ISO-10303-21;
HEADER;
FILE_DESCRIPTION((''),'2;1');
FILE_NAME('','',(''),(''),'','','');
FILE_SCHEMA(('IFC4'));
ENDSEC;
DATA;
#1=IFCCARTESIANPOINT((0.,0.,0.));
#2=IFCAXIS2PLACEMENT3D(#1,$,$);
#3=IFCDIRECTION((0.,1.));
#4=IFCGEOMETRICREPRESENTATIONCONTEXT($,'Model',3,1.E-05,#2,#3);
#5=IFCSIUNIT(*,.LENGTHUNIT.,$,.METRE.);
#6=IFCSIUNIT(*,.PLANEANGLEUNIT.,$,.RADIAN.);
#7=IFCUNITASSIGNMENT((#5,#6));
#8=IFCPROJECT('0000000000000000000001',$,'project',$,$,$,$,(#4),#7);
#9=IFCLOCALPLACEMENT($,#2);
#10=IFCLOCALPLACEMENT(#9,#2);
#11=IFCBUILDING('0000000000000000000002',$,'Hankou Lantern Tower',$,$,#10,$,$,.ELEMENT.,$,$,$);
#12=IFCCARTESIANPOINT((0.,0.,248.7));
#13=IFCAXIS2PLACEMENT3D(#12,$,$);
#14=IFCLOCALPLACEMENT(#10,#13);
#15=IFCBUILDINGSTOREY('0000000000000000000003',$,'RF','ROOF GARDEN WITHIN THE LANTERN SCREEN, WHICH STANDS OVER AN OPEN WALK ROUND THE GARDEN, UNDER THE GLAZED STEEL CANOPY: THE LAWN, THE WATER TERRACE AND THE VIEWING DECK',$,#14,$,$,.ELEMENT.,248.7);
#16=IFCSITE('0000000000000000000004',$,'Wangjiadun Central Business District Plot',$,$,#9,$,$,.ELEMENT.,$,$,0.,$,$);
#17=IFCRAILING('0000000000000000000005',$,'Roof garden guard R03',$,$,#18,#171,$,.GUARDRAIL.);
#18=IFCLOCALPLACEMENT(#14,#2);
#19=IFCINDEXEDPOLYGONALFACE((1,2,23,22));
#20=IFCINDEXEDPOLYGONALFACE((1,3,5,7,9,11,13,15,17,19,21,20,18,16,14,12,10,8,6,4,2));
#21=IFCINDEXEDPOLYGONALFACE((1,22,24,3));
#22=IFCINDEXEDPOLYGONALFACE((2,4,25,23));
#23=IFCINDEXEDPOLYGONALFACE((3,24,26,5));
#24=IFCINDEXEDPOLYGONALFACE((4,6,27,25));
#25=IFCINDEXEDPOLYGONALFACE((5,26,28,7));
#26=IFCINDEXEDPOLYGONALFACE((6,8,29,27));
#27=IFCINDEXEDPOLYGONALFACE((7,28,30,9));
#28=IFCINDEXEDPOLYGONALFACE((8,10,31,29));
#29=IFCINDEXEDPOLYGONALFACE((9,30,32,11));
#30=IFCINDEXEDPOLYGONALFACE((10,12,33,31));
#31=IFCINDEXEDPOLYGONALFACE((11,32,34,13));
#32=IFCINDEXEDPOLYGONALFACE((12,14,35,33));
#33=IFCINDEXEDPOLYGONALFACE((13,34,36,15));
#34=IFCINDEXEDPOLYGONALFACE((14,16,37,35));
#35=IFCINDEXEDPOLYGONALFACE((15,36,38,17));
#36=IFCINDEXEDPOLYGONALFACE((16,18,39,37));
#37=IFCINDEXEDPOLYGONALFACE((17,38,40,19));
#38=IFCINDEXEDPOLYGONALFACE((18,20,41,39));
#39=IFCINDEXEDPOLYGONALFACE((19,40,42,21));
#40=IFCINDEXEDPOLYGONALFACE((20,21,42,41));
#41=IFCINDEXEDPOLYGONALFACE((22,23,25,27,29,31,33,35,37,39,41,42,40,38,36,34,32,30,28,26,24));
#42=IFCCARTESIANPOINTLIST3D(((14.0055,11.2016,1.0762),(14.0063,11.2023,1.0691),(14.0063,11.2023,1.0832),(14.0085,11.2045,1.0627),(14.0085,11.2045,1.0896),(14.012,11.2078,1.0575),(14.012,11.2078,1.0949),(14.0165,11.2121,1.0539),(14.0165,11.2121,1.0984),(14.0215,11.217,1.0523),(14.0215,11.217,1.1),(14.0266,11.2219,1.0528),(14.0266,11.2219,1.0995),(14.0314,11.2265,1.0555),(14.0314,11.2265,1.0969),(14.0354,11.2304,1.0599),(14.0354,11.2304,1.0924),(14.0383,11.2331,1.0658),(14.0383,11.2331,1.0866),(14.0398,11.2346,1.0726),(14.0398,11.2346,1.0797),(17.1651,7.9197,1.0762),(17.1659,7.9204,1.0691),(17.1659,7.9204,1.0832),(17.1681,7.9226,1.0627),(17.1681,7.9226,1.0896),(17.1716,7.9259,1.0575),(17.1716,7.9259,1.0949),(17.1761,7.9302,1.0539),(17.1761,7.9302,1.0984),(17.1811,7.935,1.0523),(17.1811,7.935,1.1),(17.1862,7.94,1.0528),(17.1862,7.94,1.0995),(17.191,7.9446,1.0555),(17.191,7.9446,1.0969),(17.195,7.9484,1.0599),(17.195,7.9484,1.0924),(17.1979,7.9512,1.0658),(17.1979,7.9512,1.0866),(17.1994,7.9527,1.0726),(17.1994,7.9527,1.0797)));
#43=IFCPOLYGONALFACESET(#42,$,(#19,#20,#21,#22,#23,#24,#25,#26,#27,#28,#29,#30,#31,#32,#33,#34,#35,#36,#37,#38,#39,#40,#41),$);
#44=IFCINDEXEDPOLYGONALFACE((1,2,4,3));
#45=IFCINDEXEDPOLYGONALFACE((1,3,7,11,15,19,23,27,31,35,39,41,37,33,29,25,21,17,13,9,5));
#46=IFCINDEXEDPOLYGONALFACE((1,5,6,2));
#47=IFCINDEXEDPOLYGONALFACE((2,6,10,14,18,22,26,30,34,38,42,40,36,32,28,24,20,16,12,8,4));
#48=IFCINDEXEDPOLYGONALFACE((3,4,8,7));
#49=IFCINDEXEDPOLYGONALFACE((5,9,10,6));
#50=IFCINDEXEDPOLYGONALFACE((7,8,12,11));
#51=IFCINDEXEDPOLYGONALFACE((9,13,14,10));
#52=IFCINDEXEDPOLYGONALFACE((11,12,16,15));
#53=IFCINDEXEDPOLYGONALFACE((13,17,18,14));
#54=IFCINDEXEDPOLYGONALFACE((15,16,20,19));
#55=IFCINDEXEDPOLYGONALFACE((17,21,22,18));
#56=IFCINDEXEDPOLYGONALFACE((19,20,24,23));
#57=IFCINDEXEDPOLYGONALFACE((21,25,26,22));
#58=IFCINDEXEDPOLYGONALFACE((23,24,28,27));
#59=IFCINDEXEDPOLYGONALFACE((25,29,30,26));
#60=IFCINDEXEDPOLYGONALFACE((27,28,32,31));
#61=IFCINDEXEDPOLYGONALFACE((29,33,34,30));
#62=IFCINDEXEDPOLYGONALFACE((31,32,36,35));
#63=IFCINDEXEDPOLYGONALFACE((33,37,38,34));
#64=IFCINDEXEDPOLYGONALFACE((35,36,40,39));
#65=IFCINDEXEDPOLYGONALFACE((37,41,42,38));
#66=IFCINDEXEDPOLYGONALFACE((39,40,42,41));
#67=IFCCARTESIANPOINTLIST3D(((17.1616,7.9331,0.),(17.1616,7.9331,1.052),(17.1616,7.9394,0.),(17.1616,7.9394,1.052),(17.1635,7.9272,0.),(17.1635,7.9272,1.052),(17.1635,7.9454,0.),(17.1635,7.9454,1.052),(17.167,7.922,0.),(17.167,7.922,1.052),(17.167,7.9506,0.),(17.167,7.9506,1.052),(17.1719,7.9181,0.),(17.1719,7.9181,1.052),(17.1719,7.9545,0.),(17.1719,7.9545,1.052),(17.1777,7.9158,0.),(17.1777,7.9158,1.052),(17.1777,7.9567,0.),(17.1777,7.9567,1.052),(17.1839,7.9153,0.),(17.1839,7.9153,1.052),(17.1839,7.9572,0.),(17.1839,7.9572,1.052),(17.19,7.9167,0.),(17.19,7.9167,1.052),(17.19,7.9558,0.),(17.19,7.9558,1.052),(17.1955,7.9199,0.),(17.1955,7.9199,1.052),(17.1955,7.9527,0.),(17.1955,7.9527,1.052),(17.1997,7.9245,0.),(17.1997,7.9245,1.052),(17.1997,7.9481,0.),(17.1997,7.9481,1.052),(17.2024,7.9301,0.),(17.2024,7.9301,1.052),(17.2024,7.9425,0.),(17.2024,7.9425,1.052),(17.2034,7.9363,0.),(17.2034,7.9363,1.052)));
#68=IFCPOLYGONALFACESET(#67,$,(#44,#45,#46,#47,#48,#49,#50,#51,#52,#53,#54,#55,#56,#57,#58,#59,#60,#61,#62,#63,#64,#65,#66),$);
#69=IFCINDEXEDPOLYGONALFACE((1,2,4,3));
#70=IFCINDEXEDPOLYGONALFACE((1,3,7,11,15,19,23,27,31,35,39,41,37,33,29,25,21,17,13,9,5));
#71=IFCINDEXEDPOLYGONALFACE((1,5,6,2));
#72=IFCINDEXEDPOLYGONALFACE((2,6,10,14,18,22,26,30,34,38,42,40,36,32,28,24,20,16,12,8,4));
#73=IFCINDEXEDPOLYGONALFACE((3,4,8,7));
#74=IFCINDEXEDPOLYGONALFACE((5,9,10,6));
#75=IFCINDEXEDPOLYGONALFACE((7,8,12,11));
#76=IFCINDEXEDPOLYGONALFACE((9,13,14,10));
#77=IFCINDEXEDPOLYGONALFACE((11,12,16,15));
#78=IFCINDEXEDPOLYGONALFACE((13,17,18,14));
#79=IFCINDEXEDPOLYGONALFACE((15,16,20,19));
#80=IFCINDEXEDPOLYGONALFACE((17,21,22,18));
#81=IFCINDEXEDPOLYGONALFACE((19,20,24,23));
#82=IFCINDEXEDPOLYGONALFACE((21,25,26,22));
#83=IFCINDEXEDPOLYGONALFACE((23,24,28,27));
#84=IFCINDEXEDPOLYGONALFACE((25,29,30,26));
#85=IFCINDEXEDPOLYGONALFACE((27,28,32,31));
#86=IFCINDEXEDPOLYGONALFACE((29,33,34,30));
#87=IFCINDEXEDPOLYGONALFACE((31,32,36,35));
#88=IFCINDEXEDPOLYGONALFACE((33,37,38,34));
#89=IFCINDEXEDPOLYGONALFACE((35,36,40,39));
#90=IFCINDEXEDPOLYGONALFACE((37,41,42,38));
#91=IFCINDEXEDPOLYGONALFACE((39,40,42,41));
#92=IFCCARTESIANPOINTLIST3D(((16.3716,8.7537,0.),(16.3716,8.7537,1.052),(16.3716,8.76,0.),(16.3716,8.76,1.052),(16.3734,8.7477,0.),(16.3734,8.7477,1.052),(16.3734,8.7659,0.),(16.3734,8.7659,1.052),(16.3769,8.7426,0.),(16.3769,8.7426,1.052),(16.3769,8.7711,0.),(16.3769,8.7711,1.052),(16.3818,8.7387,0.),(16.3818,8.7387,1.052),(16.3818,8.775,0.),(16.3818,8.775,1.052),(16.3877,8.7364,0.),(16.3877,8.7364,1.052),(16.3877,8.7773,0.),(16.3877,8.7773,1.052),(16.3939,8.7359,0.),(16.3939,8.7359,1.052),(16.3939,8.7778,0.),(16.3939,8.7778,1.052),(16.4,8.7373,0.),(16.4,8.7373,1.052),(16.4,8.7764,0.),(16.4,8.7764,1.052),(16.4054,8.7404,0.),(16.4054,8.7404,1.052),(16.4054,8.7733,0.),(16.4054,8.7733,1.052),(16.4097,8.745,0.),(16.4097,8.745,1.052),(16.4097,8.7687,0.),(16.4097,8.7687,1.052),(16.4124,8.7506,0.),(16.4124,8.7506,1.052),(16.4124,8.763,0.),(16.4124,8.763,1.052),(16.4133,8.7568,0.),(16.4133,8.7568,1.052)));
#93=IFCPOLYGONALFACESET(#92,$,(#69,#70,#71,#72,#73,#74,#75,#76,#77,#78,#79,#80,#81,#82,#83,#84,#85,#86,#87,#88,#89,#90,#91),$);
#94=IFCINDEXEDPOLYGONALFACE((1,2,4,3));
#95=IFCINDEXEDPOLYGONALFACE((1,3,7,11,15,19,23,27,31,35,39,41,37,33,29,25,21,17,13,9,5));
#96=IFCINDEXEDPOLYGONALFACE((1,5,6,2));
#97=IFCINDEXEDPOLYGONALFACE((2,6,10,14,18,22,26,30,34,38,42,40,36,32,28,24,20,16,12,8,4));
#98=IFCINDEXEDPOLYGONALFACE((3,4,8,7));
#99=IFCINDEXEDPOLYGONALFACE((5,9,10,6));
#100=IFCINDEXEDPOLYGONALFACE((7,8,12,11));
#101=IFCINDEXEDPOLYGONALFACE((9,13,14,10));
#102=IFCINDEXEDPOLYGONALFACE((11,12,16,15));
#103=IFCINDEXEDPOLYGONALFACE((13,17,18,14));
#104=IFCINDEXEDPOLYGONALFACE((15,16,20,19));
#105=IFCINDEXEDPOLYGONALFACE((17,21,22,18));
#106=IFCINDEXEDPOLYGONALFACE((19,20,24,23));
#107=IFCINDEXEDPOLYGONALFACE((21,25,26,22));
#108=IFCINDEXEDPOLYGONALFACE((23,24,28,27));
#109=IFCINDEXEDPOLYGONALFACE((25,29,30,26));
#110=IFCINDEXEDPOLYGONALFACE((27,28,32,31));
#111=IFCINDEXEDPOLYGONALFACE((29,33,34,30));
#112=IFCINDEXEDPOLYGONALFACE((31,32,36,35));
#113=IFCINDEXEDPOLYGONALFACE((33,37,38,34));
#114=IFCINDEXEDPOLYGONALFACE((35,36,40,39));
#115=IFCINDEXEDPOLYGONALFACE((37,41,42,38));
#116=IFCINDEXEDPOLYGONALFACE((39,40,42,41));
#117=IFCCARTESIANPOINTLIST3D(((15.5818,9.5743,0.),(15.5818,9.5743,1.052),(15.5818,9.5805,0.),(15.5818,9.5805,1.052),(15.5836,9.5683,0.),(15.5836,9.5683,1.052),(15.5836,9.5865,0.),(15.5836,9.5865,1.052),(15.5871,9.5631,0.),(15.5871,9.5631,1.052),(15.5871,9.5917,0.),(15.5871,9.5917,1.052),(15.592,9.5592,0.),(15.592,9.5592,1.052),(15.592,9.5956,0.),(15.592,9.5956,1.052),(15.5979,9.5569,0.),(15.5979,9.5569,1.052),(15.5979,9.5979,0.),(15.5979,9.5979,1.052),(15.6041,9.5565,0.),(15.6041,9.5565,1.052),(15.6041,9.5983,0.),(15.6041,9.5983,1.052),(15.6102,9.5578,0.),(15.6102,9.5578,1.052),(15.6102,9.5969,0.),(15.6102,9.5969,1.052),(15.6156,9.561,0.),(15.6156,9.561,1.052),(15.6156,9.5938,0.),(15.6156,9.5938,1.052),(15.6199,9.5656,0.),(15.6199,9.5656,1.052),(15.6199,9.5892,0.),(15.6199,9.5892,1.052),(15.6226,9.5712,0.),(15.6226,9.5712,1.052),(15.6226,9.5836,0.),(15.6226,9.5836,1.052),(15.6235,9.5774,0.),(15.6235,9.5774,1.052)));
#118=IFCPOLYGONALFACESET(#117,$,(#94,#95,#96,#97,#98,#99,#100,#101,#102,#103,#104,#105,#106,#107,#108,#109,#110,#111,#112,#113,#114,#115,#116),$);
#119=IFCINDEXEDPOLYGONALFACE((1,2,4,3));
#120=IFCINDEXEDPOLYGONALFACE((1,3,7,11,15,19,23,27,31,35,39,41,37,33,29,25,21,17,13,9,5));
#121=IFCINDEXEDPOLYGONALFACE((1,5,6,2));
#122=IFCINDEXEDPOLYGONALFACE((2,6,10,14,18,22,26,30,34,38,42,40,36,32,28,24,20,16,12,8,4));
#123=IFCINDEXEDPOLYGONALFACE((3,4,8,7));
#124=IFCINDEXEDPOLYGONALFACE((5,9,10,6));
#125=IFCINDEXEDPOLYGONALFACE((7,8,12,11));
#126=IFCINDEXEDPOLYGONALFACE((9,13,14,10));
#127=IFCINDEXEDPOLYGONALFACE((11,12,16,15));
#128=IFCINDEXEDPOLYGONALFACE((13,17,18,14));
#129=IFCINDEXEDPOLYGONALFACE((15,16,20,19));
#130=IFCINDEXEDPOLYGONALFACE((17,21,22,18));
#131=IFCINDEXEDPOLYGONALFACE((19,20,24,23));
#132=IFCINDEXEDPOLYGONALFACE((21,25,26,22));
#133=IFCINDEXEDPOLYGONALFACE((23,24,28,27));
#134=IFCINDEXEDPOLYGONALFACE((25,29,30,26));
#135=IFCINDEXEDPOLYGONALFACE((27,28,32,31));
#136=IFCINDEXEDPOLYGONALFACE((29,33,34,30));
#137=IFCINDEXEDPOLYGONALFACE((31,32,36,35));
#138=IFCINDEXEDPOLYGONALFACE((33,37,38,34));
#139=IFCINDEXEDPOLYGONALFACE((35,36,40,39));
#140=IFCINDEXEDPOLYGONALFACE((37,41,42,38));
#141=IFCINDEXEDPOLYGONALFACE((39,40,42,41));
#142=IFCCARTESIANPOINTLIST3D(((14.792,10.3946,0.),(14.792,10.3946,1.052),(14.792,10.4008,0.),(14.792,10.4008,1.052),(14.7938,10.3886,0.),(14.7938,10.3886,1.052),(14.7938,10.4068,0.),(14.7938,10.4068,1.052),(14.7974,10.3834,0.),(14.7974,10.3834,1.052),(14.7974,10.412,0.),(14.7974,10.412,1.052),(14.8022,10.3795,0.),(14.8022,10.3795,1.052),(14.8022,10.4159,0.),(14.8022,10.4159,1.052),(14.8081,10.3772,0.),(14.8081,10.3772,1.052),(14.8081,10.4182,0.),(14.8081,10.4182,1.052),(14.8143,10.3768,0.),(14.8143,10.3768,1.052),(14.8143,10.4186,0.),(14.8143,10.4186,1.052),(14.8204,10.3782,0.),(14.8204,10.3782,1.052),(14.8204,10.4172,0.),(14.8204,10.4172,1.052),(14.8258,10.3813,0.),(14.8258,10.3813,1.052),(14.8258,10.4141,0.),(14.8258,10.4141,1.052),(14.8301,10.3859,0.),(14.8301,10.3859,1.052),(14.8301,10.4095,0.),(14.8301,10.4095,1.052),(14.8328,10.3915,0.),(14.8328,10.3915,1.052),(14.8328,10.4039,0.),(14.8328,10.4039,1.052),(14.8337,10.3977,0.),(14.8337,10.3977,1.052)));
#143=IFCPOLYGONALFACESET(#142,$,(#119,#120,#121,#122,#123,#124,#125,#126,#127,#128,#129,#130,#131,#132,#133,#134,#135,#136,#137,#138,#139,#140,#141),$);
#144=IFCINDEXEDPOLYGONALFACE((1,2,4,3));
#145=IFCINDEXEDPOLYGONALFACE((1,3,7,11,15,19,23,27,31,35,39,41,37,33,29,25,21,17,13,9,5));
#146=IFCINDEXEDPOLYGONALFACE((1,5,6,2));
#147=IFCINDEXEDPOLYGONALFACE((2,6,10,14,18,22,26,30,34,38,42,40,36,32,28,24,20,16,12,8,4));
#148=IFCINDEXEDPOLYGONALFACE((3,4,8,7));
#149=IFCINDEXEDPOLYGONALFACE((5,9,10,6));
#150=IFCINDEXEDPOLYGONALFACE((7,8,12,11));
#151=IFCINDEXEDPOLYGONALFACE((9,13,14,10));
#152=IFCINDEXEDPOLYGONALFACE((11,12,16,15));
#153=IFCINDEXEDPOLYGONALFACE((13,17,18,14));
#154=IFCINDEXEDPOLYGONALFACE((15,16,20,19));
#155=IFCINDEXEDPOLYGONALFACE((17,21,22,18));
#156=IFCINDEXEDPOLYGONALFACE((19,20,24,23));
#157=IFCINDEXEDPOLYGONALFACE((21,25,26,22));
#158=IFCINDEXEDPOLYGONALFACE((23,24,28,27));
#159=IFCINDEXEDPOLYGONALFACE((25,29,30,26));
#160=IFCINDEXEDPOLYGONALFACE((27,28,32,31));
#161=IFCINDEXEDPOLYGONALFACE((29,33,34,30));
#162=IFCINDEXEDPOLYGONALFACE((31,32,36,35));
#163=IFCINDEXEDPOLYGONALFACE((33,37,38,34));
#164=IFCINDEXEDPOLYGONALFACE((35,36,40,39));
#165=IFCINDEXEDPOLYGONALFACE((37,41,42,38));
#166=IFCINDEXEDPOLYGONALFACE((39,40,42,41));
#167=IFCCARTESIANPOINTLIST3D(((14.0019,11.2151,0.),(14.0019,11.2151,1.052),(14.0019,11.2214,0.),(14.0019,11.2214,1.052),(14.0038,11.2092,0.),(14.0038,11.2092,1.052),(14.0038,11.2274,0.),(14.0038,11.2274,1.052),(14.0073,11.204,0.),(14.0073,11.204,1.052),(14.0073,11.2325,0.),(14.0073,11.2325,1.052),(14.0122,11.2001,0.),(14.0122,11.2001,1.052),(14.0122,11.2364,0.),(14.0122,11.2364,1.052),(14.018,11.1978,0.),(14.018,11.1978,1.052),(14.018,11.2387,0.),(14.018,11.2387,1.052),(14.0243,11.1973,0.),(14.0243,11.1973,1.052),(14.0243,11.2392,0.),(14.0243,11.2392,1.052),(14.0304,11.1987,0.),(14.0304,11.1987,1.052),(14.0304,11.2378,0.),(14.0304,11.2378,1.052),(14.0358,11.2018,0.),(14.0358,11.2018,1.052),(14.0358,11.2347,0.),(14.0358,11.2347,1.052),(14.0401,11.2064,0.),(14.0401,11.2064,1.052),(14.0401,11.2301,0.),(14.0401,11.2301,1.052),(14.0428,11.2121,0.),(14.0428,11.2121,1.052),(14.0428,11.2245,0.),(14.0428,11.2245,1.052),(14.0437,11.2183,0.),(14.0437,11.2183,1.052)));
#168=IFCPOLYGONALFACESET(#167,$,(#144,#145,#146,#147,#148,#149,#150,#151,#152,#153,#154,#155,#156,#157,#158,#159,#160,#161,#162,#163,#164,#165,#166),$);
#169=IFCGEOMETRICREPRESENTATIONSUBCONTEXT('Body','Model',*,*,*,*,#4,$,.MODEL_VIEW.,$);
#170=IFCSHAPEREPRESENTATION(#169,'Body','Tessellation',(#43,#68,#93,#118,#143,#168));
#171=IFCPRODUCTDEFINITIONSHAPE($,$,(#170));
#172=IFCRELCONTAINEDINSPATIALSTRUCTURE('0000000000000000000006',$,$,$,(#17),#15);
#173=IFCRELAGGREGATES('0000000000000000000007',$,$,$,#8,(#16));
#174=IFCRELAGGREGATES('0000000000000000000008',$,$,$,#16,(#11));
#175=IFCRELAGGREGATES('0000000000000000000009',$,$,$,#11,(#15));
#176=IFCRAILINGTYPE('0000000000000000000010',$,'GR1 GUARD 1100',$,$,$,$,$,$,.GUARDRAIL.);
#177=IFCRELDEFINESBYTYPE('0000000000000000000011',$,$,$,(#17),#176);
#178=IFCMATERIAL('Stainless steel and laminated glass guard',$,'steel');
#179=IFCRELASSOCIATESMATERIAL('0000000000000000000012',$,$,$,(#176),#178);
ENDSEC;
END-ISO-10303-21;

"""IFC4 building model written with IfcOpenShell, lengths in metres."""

from ifc_helpers import new_model, si_unit, direction, frame, origin, origin_2d, place, context, subcontext, project, spatial, circle, extrude, material, type_object, element, save


model = new_model("IFC4")

# Units and contexts
model_context = context("Model", 3, precision=1e-05, world=origin(), true_north=direction((0.0, 1.0)))
body_context = subcontext(model_context, "Body", "Model", "MODEL_VIEW")
ifc_project = project(units=[si_unit("LENGTHUNIT", "METRE"), si_unit("PLANEANGLEUNIT", "RADIAN")], contexts=[model_context])

# Site, building, storey
site_placement = place(None, origin())
site = spatial("IfcSite", under=ifc_project, at=site_placement, Name="Wangjiadun Central Business District Plot", CompositionType="ELEMENT", RefElevation=0.0)
building_placement = place(site_placement, origin())
building = spatial("IfcBuilding", under=site, at=building_placement, Name="Hankou Lantern Tower", CompositionType="ELEMENT")
storey_placement = place(building_placement, frame((0.0, 0.0, 248.7)))
storey = spatial("IfcBuildingStorey", under=building, at=storey_placement, Name="RF", Description="ROOF GARDEN WITHIN THE LANTERN SCREEN, WHICH STANDS OVER AN OPEN WALK ROUND THE GARDEN, UNDER THE GLAZED STEEL CANOPY: THE LAWN, THE WATER TERRACE AND THE VIEWING DECK", CompositionType="ELEMENT", Elevation=248.7)

# Railing
ifc_material_1 = material(Name="Stainless steel and laminated glass guard", Category="steel")
railing_type = type_object("IfcRailingType", Name="GR1 GUARD 1100", PredefinedType="GUARDRAIL", material=ifc_material_1)
railing_1_placement = place(storey_placement, frame((17.1824, 7.9363, 0.0)))
element("IfcRailing", 1, at=railing_1_placement, inside=storey, type_object=railing_type, Name="Roof garden guard R03", PredefinedType="GUARDRAIL", context=body_context, shape_type="SweptSolid", body=[
    extrude(circle(Radius=0.0239, at=origin_2d()), frame((0.0, 0.0, 1.0762), z_axis=(-0.693555, 0.720404, 0.0), x_axis=(-0.720404, -0.693555, 0.0)), (0.0, 0.0, 1.0), 4.5557),
    extrude(circle(Radius=0.021, at=origin_2d()), origin(), (0.0, 0.0, 1.0), 1.052),
    extrude(circle(Radius=0.021, at=origin_2d()), frame((-0.79, 0.8206, 0.0)), (0.0, 0.0, 1.0), 1.052),
    extrude(circle(Radius=0.021, at=origin_2d()), frame((-1.5798, 1.6411, 0.0)), (0.0, 0.0, 1.0), 1.052),
    extrude(circle(Radius=0.021, at=origin_2d()), frame((-2.3696, 2.4614, 0.0)), (0.0, 0.0, 1.0), 1.052),
    extrude(circle(Radius=0.021, at=origin_2d()), frame((-3.1597, 3.282, 0.0)), (0.0, 0.0, 1.0), 1.052),
])

save(model, "model.ifc")
